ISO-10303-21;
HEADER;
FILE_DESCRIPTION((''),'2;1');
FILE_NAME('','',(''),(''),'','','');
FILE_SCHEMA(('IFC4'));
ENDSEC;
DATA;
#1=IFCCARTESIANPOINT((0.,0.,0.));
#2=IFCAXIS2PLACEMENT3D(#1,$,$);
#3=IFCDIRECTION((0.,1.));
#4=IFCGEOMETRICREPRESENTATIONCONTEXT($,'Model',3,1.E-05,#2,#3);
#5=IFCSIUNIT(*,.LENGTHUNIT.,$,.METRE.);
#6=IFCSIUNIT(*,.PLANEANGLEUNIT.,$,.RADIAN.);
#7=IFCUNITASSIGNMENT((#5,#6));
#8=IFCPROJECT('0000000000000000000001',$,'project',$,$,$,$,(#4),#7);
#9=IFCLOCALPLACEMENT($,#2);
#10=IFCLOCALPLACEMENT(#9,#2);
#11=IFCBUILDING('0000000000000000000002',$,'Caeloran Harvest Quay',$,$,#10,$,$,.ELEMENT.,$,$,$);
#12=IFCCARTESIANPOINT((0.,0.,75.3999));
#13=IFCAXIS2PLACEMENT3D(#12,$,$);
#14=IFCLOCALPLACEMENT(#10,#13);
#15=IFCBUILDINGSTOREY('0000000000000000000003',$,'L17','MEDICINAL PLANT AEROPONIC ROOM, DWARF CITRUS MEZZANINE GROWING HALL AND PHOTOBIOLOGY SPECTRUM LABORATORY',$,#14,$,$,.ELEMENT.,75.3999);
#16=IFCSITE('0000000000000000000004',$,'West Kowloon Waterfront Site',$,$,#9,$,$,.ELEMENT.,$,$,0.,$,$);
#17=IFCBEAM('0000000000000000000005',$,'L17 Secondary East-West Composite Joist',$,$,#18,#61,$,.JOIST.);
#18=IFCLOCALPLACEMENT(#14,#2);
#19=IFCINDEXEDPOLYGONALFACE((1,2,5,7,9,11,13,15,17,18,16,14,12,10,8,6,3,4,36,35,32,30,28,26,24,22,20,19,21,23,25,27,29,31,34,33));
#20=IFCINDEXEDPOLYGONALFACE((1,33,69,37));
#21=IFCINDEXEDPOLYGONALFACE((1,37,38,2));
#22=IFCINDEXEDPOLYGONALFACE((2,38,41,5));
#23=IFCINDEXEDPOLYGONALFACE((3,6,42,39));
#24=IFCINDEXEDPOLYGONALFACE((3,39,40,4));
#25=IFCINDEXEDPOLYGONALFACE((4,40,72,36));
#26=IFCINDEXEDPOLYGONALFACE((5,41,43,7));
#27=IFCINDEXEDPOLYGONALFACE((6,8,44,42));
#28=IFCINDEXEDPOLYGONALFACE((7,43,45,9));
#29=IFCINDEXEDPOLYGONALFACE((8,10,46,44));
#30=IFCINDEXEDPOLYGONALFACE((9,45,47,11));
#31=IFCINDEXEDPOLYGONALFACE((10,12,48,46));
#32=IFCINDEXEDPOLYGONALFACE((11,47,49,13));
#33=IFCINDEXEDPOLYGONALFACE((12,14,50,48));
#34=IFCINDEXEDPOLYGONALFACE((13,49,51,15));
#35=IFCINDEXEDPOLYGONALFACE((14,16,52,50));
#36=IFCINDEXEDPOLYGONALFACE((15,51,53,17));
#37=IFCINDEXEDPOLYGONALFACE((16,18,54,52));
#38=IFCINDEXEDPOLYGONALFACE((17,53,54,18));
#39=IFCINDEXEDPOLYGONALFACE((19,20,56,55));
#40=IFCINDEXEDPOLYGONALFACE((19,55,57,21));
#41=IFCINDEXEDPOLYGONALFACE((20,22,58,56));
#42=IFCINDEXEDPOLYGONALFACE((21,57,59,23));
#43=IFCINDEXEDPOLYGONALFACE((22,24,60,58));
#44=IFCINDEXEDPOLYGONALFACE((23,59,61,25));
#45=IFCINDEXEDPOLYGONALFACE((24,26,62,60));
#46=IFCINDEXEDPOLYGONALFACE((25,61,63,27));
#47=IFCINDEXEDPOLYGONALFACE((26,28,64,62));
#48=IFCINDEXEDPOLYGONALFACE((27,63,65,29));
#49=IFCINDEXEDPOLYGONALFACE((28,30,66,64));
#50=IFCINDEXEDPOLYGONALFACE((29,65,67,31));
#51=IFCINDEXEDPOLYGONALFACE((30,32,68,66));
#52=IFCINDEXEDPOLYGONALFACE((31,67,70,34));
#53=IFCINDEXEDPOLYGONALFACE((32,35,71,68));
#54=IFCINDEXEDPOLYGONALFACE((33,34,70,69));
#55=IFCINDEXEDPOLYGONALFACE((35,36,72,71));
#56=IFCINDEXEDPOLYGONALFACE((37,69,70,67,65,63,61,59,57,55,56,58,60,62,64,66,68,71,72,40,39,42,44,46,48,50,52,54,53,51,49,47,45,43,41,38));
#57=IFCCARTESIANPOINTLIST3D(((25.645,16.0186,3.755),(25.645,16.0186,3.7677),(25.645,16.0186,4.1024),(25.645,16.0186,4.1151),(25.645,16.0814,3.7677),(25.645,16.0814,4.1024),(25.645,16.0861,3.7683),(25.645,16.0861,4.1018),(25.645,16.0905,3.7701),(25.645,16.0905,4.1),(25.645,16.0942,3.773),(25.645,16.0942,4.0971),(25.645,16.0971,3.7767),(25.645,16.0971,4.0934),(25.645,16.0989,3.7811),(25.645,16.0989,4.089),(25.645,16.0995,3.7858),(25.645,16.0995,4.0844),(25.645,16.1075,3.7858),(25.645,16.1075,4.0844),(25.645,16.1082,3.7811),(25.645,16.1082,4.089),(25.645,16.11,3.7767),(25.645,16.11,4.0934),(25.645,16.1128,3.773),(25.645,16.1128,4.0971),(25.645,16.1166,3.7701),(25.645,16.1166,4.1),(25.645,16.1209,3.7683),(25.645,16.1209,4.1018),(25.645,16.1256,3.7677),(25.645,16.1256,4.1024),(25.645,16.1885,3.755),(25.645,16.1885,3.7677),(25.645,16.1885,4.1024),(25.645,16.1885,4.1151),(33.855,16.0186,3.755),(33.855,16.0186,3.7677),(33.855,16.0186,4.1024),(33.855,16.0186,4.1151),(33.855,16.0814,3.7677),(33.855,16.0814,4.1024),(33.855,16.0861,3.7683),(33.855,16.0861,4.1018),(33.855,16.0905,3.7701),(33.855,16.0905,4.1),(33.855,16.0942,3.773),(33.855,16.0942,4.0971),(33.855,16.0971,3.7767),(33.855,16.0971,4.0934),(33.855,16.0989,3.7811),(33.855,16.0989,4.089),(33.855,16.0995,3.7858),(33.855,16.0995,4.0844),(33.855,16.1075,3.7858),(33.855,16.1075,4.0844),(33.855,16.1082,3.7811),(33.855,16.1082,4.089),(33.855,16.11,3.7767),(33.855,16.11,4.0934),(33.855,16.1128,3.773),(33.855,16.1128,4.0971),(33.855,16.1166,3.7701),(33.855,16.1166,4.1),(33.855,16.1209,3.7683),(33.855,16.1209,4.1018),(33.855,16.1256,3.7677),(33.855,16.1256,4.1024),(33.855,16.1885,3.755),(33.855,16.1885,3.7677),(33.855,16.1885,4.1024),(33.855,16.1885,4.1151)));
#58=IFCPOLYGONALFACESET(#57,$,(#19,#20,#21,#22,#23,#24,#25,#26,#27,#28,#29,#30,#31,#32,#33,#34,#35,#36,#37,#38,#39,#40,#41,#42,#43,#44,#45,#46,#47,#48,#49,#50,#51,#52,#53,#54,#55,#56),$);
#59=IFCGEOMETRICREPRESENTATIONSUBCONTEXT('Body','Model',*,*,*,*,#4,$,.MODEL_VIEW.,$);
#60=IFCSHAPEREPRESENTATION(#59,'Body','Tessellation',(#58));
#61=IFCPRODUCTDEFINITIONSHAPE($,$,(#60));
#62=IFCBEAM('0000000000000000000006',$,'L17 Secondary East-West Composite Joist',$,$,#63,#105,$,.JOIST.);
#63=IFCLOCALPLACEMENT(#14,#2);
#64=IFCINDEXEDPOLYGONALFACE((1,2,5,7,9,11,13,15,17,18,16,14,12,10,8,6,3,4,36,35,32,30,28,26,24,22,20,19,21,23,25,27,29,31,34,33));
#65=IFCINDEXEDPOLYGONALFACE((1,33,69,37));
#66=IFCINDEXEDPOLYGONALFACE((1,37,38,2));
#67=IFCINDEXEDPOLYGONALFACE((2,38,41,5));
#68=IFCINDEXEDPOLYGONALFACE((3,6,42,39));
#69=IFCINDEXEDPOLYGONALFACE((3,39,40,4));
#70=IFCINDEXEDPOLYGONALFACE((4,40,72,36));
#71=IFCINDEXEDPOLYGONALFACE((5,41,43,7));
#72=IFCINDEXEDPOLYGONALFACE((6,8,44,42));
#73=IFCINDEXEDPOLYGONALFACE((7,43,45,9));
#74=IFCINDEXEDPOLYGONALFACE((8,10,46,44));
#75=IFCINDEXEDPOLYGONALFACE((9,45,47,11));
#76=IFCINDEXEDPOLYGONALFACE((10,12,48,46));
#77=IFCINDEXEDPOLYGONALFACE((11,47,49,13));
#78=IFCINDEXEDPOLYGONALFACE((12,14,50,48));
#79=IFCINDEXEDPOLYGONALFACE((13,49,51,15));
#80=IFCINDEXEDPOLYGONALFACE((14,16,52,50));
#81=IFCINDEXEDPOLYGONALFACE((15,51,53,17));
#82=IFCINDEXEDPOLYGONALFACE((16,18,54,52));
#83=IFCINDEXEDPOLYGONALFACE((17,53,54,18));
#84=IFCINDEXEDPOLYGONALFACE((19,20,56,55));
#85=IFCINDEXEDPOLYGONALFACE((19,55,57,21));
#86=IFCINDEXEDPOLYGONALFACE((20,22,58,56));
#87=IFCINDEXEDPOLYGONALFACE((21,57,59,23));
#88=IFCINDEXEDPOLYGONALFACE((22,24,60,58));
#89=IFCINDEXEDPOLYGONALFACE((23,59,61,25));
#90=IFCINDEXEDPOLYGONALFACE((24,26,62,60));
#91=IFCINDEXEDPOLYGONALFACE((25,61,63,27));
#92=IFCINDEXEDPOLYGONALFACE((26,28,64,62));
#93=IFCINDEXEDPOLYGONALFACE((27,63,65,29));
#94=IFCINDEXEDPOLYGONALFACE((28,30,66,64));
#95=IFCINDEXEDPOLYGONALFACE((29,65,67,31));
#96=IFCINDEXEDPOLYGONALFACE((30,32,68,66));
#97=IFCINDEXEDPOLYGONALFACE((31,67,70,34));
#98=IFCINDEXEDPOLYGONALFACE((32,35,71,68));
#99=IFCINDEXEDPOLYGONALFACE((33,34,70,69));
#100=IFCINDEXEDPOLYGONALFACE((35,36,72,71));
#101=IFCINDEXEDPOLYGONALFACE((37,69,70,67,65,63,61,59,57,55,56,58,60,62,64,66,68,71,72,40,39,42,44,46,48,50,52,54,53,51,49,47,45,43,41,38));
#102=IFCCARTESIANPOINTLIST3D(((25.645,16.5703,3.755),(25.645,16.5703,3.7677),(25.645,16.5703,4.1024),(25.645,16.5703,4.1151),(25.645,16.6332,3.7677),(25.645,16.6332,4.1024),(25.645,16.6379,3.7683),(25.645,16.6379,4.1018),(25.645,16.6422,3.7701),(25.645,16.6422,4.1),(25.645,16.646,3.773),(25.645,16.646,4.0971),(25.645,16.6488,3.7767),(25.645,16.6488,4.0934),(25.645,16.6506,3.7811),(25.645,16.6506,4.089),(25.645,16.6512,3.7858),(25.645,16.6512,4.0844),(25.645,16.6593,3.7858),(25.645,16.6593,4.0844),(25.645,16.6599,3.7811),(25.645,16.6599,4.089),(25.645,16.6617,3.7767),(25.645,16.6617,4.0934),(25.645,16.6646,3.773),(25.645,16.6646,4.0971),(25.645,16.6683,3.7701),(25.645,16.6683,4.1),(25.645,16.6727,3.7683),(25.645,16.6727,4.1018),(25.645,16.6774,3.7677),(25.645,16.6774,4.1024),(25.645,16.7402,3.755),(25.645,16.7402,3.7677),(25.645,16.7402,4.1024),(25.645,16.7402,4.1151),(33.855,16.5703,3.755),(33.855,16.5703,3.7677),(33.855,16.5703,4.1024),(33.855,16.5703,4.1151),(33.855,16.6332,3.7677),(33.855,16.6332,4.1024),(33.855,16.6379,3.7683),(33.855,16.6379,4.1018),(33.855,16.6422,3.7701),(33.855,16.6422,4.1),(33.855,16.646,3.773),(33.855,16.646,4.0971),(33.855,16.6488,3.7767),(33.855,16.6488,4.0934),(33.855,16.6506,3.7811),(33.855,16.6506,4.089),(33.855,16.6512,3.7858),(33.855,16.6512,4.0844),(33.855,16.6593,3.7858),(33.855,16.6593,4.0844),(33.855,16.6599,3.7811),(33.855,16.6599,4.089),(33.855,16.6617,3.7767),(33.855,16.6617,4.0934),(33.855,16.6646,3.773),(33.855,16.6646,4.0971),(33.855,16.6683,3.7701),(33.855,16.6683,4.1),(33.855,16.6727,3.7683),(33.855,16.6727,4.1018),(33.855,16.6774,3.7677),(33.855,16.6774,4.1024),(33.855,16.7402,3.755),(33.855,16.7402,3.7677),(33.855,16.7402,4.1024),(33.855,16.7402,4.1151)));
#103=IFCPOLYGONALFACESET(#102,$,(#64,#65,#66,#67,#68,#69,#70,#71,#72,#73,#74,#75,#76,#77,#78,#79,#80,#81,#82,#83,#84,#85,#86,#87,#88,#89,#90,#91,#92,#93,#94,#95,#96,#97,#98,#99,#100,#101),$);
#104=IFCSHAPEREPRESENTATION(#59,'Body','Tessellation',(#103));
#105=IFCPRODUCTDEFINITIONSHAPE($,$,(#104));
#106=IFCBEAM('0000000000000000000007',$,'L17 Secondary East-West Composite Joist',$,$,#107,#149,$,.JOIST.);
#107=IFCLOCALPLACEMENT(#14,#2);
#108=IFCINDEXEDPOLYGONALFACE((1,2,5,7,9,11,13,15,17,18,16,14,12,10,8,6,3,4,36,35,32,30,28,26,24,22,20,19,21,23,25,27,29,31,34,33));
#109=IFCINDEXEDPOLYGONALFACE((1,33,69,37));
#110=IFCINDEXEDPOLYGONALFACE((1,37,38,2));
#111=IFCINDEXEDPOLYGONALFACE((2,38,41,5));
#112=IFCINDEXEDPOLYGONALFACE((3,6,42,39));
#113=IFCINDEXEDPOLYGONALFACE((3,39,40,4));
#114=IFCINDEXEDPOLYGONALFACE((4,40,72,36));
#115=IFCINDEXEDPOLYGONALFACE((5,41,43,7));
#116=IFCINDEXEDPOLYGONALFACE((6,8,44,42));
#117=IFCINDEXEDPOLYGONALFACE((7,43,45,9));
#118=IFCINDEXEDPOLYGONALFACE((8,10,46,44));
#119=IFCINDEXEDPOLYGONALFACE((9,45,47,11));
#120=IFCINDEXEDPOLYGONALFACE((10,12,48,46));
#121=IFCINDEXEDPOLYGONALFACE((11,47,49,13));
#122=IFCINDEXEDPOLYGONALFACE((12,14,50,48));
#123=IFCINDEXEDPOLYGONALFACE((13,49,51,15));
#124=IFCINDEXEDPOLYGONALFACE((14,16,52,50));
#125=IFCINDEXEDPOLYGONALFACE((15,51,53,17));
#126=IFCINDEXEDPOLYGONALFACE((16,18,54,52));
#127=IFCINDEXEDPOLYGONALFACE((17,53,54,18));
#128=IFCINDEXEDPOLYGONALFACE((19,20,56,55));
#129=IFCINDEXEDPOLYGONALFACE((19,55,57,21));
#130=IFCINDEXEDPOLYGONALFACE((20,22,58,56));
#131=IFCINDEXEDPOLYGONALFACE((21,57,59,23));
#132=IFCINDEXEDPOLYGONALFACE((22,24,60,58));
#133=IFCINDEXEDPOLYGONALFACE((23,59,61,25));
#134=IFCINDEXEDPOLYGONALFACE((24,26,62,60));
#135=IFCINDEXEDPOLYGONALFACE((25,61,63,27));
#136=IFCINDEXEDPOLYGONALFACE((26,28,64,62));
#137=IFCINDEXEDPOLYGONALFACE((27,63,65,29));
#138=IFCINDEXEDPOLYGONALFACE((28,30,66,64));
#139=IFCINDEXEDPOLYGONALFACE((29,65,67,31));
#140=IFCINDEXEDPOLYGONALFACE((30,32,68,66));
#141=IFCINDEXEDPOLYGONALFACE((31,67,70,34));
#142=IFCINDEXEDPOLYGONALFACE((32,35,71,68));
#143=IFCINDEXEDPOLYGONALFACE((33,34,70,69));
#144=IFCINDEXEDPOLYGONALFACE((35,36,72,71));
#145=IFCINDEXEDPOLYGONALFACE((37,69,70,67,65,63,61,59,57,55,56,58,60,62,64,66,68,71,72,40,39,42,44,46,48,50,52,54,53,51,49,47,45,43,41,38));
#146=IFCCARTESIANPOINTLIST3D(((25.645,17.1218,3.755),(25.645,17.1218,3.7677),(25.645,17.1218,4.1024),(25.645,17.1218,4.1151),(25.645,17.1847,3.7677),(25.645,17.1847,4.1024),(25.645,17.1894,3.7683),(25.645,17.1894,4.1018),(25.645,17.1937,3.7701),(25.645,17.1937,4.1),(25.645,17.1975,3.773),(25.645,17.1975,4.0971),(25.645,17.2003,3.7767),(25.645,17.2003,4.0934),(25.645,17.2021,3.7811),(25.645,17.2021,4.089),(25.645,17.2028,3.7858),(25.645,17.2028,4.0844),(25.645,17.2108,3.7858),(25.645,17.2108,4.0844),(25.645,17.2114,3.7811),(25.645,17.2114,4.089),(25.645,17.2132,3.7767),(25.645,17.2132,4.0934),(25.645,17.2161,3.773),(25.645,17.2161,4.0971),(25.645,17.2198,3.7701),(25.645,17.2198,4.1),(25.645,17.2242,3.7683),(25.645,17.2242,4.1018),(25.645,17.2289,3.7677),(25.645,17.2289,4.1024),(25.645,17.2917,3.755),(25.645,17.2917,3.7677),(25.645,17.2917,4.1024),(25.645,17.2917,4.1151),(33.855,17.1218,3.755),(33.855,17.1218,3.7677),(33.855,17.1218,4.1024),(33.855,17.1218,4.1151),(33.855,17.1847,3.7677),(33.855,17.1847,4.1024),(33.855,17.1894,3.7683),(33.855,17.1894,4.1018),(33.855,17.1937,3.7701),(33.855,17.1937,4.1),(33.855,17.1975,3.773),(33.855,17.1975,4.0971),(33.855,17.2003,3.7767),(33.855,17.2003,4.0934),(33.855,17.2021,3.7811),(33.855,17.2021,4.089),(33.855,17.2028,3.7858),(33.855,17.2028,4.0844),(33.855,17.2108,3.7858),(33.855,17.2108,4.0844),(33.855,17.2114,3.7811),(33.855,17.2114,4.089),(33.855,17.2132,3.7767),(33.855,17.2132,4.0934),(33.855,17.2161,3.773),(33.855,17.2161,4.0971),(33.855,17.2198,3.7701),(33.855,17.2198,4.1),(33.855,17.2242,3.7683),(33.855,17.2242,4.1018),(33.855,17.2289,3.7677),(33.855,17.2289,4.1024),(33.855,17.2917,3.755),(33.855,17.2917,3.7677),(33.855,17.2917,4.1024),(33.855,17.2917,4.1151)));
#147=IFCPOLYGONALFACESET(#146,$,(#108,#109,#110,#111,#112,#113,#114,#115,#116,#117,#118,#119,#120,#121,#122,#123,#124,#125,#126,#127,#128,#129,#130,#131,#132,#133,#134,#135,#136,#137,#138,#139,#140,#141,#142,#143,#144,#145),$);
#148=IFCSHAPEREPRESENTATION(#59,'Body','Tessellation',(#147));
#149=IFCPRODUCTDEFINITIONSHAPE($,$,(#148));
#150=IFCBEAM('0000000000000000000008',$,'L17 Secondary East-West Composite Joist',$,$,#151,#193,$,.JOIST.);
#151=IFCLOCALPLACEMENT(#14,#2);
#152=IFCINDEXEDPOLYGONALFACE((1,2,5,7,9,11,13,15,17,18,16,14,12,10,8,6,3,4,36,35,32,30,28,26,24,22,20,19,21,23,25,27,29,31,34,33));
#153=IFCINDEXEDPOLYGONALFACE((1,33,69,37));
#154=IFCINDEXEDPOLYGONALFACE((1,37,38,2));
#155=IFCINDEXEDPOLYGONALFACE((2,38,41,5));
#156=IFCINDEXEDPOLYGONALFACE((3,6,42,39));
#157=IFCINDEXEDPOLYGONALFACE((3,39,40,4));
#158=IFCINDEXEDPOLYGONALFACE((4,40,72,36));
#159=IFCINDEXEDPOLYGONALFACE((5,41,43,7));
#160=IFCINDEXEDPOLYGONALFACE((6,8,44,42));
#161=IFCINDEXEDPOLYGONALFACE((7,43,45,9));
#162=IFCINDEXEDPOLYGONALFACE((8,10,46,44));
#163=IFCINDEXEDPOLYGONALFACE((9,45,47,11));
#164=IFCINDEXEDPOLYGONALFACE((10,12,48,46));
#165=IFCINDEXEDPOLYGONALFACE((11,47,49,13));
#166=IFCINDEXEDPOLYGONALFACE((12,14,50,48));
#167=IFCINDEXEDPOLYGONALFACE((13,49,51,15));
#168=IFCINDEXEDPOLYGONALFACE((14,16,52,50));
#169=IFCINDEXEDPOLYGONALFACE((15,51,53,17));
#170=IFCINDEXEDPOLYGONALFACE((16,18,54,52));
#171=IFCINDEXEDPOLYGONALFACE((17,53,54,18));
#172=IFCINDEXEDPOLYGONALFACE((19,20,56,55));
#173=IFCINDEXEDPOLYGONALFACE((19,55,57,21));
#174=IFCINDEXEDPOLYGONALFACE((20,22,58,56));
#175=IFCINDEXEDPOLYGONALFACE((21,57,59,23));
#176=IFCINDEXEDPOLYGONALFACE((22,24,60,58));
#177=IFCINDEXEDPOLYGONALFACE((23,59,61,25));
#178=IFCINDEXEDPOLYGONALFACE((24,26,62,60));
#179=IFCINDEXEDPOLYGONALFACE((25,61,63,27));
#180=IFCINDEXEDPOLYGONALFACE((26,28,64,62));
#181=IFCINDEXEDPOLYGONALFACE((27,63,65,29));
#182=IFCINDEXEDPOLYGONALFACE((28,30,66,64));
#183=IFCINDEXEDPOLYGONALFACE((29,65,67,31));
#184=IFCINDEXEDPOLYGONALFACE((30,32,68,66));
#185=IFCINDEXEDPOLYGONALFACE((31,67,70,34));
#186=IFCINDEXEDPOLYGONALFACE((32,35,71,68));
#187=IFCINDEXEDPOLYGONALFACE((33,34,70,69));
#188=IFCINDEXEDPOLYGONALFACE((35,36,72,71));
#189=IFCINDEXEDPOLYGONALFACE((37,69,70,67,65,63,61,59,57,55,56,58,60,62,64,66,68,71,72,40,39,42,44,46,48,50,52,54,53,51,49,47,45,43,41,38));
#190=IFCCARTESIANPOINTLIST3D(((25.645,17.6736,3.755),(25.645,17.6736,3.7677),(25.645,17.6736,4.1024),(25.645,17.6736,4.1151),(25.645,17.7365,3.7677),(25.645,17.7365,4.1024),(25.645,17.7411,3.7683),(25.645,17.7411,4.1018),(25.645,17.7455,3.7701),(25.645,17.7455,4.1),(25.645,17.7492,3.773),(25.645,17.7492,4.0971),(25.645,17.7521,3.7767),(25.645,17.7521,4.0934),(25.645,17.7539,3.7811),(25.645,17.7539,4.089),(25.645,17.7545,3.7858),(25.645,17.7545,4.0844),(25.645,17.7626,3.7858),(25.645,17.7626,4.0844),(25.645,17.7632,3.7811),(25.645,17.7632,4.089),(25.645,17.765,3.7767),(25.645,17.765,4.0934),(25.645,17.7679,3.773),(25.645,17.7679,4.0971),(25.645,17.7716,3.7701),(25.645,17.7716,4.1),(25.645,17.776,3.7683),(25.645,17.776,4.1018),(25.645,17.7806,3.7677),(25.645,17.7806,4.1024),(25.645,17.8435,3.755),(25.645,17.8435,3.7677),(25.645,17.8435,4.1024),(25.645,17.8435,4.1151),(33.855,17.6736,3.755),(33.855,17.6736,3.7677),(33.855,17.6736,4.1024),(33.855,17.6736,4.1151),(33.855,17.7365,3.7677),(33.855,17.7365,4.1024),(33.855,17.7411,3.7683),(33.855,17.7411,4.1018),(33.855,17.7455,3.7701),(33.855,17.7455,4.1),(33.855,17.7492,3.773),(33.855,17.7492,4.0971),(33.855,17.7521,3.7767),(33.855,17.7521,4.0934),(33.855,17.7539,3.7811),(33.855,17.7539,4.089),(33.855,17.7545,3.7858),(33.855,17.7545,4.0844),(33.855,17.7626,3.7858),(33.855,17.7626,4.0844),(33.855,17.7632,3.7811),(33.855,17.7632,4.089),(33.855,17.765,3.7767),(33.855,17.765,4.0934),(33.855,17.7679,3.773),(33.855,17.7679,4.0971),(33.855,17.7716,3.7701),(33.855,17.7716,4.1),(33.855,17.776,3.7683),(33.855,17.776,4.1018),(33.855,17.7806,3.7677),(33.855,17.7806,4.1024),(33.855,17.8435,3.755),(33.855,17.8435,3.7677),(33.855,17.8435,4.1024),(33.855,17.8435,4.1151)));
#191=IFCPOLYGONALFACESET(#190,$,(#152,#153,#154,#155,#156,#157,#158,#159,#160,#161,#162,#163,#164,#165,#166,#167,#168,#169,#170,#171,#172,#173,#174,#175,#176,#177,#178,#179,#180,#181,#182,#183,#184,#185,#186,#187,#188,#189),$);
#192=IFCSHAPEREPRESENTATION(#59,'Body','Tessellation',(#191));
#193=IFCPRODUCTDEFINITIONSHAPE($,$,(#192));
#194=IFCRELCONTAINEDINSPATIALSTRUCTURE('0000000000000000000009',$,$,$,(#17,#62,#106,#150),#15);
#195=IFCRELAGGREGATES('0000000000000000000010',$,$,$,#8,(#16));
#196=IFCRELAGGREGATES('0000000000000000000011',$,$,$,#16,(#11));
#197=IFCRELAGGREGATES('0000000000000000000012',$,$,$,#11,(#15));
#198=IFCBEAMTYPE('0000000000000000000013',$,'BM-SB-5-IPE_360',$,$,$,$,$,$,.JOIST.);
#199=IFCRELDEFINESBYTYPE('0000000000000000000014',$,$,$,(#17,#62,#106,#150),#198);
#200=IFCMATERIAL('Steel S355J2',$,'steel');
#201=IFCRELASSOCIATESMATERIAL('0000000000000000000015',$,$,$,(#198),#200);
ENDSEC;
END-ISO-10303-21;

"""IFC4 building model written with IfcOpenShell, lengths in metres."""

from ifc_helpers import new_model, si_unit, direction, frame, origin, origin_2d, place, context, subcontext, project, spatial, i_section, extrude, material, material_profile, profile_set, type_object, element, save


model = new_model("IFC4")

# Units and contexts
model_context = context("Model", 3, precision=1e-05, world=origin(), true_north=direction((0.0, 1.0)))
body_context = subcontext(model_context, "Body", "Model", "MODEL_VIEW")
ifc_project = project(units=[si_unit("LENGTHUNIT", "METRE"), si_unit("PLANEANGLEUNIT", "RADIAN")], contexts=[model_context])

# Site, building, storey
site_placement = place(None, origin())
site = spatial("IfcSite", under=ifc_project, at=site_placement, Name="West Kowloon Waterfront Site", CompositionType="ELEMENT", RefElevation=0.0)
building_placement = place(site_placement, origin())
building = spatial("IfcBuilding", under=site, at=building_placement, Name="Caeloran Harvest Quay", CompositionType="ELEMENT")
storey_placement = place(building_placement, frame((0.0, 0.0, 75.3999)))
storey = spatial("IfcBuildingStorey", under=building, at=storey_placement, Name="L17", Description="MEDICINAL PLANT AEROPONIC ROOM, DWARF CITRUS MEZZANINE GROWING HALL AND PHOTOBIOLOGY SPECTRUM LABORATORY", CompositionType="ELEMENT", Elevation=75.3999)

# Beams
ifc_material_1 = material(Name="Steel S355J2", Category="steel")
ifc_material_profile_1 = material_profile(ifc_material_1, i_section(OverallWidth=0.1699, OverallDepth=0.3601, WebThickness=0.0081, FlangeThickness=0.0127, FilletRadius=0.0181, at=origin_2d()), Name="IPE 360")
ifc_profile_set_1 = profile_set([ifc_material_profile_1], Name="Steel S355J2")
beam_type_1 = type_object("IfcBeamType", Name="BM-SB-5-IPE_360", PredefinedType="JOIST", material=ifc_profile_set_1)
for number, where, z_axis, x_axis, name in (
    (1, (25.645, 16.1035, 3.9351), (1.0, 0.0, 0.0), (0.0, 1.0, 0.0), "L17 Secondary East-West Composite Joist"),
    (2, (25.645, 16.6553, 3.9351), (1.0, 0.0, 0.0), (0.0, 1.0, 0.0), "L17 Secondary East-West Composite Joist"),
    (3, (25.645, 17.2068, 3.9351), (1.0, 0.0, 0.0), (0.0, 1.0, 0.0), "L17 Secondary East-West Composite Joist"),
    (4, (25.645, 17.7585, 3.9351), (1.0, 0.0, 0.0), (0.0, 1.0, 0.0), "L17 Secondary East-West Composite Joist"),
):
    element("IfcBeam", number, at=place(storey_placement, frame(where, z_axis=z_axis, x_axis=x_axis)), inside=storey, type_object=beam_type_1, Name=name, PredefinedType="JOIST", context=body_context, shape_type="SweptSolid", body=[
        extrude(i_section(OverallWidth=0.1699, OverallDepth=0.3601, WebThickness=0.0081, FlangeThickness=0.0127, FilletRadius=0.0181, at=origin_2d()), origin(), (0.0, 0.0, 1.0), 8.21),
    ])

save(model, "model.ifc")
